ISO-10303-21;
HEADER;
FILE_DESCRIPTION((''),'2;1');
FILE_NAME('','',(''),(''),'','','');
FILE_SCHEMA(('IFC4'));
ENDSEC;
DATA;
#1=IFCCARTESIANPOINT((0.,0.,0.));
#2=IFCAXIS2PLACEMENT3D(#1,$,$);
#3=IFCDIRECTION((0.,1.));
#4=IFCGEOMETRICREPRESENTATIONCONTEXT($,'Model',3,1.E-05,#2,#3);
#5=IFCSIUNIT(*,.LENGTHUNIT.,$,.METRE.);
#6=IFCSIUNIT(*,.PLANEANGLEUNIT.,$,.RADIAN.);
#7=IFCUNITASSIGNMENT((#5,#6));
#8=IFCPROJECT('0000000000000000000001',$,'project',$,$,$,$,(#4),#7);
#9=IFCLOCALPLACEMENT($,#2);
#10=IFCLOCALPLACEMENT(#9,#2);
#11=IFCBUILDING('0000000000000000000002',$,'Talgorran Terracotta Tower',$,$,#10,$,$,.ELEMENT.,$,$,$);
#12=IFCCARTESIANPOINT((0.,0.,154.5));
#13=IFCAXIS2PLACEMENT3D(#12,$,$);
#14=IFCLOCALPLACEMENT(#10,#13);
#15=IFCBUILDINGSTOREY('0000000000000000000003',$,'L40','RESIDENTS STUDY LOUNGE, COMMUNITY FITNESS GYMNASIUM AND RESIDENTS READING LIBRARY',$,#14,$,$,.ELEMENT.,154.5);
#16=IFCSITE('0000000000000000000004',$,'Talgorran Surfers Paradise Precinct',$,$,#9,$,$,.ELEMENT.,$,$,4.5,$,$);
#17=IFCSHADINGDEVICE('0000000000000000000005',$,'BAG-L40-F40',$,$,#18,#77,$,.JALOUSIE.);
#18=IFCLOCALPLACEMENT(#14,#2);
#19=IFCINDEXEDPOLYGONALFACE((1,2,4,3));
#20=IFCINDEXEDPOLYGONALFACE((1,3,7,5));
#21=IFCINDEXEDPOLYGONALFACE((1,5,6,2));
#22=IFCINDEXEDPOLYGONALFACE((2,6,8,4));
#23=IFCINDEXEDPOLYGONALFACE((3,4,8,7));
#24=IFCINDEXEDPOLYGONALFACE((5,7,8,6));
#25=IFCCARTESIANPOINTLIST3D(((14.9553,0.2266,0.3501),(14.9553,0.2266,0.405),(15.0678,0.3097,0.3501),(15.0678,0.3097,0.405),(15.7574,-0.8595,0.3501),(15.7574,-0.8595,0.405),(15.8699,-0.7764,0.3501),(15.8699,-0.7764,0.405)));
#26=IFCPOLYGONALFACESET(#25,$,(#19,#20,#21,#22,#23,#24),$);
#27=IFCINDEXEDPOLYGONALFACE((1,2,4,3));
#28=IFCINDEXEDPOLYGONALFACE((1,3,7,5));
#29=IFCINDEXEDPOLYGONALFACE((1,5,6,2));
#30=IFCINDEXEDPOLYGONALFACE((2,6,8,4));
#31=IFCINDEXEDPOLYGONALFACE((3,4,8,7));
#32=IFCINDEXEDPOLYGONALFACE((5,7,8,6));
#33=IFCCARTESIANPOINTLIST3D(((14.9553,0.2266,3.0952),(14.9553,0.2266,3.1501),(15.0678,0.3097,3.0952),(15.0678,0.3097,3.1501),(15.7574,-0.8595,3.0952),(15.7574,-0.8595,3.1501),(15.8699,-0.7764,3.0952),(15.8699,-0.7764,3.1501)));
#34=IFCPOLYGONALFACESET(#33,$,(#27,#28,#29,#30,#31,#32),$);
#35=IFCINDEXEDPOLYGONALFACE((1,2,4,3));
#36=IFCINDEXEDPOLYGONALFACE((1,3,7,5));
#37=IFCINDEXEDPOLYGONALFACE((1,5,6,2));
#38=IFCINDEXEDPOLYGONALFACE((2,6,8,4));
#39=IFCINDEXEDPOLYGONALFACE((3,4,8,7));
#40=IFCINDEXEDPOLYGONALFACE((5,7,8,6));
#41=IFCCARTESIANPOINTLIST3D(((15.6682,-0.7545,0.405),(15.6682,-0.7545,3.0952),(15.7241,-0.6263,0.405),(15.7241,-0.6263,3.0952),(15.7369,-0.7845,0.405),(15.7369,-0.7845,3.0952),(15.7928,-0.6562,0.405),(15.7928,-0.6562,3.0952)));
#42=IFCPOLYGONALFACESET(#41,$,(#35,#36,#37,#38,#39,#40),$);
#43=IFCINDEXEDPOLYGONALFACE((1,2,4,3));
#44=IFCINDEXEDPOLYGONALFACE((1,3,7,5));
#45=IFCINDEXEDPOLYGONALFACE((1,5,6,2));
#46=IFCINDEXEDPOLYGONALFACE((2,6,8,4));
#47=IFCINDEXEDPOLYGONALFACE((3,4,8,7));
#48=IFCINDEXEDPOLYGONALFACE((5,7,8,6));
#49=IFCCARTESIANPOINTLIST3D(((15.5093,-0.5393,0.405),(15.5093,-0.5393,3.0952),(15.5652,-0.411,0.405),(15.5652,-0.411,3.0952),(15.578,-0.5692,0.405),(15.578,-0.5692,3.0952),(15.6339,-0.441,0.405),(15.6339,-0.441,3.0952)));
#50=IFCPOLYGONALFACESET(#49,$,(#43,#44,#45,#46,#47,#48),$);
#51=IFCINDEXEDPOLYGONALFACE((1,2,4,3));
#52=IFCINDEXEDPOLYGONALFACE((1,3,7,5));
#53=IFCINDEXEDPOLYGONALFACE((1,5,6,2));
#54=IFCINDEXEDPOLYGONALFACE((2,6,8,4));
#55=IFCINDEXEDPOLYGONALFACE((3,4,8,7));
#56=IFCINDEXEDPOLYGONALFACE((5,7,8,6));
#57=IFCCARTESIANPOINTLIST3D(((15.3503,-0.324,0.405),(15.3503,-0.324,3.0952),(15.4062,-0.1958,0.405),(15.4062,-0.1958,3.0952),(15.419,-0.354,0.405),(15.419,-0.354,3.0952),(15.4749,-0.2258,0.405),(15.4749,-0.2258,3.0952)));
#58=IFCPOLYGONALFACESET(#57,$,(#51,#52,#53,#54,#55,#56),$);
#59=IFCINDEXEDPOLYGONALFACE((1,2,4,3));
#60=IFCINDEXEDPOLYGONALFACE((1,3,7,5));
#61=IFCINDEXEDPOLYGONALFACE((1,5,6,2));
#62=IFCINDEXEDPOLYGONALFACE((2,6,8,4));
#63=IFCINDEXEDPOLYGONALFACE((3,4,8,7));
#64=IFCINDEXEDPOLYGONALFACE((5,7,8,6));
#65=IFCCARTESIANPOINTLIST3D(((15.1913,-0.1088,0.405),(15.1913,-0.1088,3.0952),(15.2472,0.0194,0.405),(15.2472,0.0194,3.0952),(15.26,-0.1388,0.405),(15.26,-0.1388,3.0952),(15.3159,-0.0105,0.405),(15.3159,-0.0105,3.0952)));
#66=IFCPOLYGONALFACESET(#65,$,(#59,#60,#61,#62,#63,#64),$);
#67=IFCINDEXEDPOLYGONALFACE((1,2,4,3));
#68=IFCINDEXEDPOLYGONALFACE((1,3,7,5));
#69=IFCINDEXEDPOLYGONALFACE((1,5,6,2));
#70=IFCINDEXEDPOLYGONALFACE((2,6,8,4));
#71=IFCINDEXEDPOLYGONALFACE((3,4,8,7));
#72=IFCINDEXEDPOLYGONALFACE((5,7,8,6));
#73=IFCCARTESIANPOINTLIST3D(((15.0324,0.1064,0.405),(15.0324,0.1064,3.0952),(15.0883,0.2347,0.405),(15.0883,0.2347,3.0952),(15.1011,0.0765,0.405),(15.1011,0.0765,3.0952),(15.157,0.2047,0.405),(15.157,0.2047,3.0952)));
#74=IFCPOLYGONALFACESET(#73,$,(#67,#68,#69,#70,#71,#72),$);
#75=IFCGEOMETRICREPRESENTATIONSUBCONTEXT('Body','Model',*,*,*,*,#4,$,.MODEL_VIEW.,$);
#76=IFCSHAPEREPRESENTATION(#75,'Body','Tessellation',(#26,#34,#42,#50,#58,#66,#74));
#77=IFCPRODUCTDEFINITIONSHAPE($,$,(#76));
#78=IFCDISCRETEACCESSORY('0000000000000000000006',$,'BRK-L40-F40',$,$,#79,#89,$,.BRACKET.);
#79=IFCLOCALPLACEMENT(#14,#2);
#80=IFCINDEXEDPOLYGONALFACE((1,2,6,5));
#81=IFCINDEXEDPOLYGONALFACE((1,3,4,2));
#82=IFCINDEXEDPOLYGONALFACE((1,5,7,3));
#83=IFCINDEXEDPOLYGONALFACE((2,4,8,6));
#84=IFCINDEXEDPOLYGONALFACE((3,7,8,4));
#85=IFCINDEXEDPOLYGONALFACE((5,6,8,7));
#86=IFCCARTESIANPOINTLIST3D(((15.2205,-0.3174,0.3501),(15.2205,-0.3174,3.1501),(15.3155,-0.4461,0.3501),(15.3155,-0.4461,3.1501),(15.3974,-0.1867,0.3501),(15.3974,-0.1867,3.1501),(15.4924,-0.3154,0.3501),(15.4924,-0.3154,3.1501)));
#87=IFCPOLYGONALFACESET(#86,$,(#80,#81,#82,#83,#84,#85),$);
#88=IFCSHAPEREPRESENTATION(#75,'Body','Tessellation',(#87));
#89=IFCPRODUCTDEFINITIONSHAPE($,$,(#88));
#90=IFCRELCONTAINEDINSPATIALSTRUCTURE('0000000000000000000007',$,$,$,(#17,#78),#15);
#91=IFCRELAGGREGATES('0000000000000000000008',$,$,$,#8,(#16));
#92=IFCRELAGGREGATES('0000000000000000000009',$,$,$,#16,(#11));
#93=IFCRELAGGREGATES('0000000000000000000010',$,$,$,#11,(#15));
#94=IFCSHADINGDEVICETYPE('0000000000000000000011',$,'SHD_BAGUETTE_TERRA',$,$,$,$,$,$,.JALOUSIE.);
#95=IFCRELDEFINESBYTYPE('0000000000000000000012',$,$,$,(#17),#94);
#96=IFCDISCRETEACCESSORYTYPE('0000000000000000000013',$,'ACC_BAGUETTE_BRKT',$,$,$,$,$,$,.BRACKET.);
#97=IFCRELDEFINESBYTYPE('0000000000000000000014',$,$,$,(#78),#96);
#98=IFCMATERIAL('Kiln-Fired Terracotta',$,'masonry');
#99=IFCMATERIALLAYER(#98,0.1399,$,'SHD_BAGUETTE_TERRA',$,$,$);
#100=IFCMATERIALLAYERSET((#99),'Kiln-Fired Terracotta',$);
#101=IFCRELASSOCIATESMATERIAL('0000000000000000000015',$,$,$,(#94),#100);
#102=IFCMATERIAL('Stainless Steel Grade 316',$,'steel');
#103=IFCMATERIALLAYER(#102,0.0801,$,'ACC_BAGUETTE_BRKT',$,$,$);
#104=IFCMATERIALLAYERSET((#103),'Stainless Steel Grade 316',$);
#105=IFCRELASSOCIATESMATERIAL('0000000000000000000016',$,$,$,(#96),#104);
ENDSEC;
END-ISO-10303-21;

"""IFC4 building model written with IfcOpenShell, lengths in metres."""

from ifc_helpers import new_model, si_unit, direction, frame, origin, origin_2d, place, context, subcontext, project, spatial, rectangle, extrude, source, transform, mapped, material, layer, layer_set, type_object, type_shapes, element, save


model = new_model("IFC4")

# Units and contexts
model_context = context("Model", 3, precision=1e-05, world=origin(), true_north=direction((0.0, 1.0)))
body_context = subcontext(model_context, "Body", "Model", "MODEL_VIEW")
ifc_project = project(units=[si_unit("LENGTHUNIT", "METRE"), si_unit("PLANEANGLEUNIT", "RADIAN")], contexts=[model_context])

# Site, building, storey
site_placement = place(None, origin())
site = spatial("IfcSite", under=ifc_project, at=site_placement, Name="Talgorran Surfers Paradise Precinct", CompositionType="ELEMENT", RefElevation=4.5)
building_placement = place(site_placement, origin())
building = spatial("IfcBuilding", under=site, at=building_placement, Name="Talgorran Terracotta Tower", CompositionType="ELEMENT")
storey_placement = place(building_placement, frame((0.0, 0.0, 154.5)))
storey = spatial("IfcBuildingStorey", under=building, at=storey_placement, Name="L40", Description="RESIDENTS STUDY LOUNGE, COMMUNITY FITNESS GYMNASIUM AND RESIDENTS READING LIBRARY", CompositionType="ELEMENT", Elevation=154.5)

# Shading device
ifc_material_1 = material(Name="Kiln-Fired Terracotta", Category="masonry")
ifc_layer_1 = layer(ifc_material_1, 0.1399, Name="SHD_BAGUETTE_TERRA")
ifc_layer_set_1 = layer_set([ifc_layer_1], Name="Kiln-Fired Terracotta")
shading_device_type = type_object("IfcShadingDeviceType", Name="SHD_BAGUETTE_TERRA", PredefinedType="JALOUSIE", material=ifc_layer_set_1)
shared_shape_1 = source(origin(), body_context, "Body", "SweptSolid", [
    extrude(rectangle(XDim=1.3501, YDim=0.1399, at=origin_2d()), origin(), (0.0, 0.0, 1.0), 0.0549),
    extrude(rectangle(XDim=1.3501, YDim=0.1399, at=origin_2d()), frame((0.0, 0.0, 2.7451)), (0.0, 0.0, 1.0), 0.0549),
    extrude(rectangle(XDim=0.075, YDim=0.1399, at=origin_2d()), frame((-0.5352, 0.0, 0.0549), z_axis=(0.0, 0.0, 1.0), x_axis=(0.866025, 0.5, 0.0)), (0.0, 0.0, 1.0), 2.6902),
    extrude(rectangle(XDim=0.075, YDim=0.1399, at=origin_2d()), frame((-0.2676, 0.0, 0.0549), z_axis=(0.0, 0.0, 1.0), x_axis=(0.866025, 0.5, 0.0)), (0.0, 0.0, 1.0), 2.6902),
    extrude(rectangle(XDim=0.075, YDim=0.1399, at=origin_2d()), frame((0.0, 0.0, 0.0549), z_axis=(0.0, 0.0, 1.0), x_axis=(0.866025, 0.5, 0.0)), (0.0, 0.0, 1.0), 2.6902),
    extrude(rectangle(XDim=0.075, YDim=0.1399, at=origin_2d()), frame((0.2676, 0.0, 0.0549), z_axis=(0.0, 0.0, 1.0), x_axis=(0.866025, 0.5, 0.0)), (0.0, 0.0, 1.0), 2.6902),
    extrude(rectangle(XDim=0.075, YDim=0.1399, at=origin_2d()), frame((0.5352, 0.0, 0.0549), z_axis=(0.0, 0.0, 1.0), x_axis=(0.866025, 0.5, 0.0)), (0.0, 0.0, 1.0), 2.6902),
])
type_shapes(shading_device_type, [shared_shape_1])
shading_device_placement = place(storey_placement, frame((15.4126, -0.2749, 0.3501), z_axis=(0.0, 0.0, 1.0), x_axis=(-0.594079, 0.804407, 0.0)))
element("IfcShadingDevice", 1, at=shading_device_placement, inside=storey, type_object=shading_device_type, Name="BAG-L40-F40", PredefinedType="JALOUSIE", context=body_context, shape_type="MappedRepresentation", body=[
    mapped(shared_shape_1, transform((0.0, 0.0, 0.0), scale=1.0)),
])

# Discrete accessory
ifc_material_2 = material(Name="Stainless Steel Grade 316", Category="steel")
ifc_layer_2 = layer(ifc_material_2, 0.0801, Name="ACC_BAGUETTE_BRKT")
ifc_layer_set_2 = layer_set([ifc_layer_2], Name="Stainless Steel Grade 316")
discrete_accessory_type = type_object("IfcDiscreteAccessoryType", Name="ACC_BAGUETTE_BRKT", PredefinedType="BRACKET", material=ifc_layer_set_2)
shared_shape_2 = source(origin(), body_context, "Body", "SweptSolid", [
    extrude(rectangle(XDim=0.1599, YDim=0.22, at=origin_2d()), origin(), (0.0, 0.0, 1.0), 2.8),
])
type_shapes(discrete_accessory_type, [shared_shape_2])
discrete_accessory_placement = place(storey_placement, frame((15.3564, -0.3164, 0.3501), z_axis=(0.0, 0.0, 1.0), x_axis=(-0.594079, 0.804407, 0.0)))
element("IfcDiscreteAccessory", 2, at=discrete_accessory_placement, inside=storey, type_object=discrete_accessory_type, Name="BRK-L40-F40", PredefinedType="BRACKET", context=body_context, shape_type="MappedRepresentation", body=[
    mapped(shared_shape_2, transform((0.0, 0.0, 0.0), scale=1.0)),
])

save(model, "model.ifc")
